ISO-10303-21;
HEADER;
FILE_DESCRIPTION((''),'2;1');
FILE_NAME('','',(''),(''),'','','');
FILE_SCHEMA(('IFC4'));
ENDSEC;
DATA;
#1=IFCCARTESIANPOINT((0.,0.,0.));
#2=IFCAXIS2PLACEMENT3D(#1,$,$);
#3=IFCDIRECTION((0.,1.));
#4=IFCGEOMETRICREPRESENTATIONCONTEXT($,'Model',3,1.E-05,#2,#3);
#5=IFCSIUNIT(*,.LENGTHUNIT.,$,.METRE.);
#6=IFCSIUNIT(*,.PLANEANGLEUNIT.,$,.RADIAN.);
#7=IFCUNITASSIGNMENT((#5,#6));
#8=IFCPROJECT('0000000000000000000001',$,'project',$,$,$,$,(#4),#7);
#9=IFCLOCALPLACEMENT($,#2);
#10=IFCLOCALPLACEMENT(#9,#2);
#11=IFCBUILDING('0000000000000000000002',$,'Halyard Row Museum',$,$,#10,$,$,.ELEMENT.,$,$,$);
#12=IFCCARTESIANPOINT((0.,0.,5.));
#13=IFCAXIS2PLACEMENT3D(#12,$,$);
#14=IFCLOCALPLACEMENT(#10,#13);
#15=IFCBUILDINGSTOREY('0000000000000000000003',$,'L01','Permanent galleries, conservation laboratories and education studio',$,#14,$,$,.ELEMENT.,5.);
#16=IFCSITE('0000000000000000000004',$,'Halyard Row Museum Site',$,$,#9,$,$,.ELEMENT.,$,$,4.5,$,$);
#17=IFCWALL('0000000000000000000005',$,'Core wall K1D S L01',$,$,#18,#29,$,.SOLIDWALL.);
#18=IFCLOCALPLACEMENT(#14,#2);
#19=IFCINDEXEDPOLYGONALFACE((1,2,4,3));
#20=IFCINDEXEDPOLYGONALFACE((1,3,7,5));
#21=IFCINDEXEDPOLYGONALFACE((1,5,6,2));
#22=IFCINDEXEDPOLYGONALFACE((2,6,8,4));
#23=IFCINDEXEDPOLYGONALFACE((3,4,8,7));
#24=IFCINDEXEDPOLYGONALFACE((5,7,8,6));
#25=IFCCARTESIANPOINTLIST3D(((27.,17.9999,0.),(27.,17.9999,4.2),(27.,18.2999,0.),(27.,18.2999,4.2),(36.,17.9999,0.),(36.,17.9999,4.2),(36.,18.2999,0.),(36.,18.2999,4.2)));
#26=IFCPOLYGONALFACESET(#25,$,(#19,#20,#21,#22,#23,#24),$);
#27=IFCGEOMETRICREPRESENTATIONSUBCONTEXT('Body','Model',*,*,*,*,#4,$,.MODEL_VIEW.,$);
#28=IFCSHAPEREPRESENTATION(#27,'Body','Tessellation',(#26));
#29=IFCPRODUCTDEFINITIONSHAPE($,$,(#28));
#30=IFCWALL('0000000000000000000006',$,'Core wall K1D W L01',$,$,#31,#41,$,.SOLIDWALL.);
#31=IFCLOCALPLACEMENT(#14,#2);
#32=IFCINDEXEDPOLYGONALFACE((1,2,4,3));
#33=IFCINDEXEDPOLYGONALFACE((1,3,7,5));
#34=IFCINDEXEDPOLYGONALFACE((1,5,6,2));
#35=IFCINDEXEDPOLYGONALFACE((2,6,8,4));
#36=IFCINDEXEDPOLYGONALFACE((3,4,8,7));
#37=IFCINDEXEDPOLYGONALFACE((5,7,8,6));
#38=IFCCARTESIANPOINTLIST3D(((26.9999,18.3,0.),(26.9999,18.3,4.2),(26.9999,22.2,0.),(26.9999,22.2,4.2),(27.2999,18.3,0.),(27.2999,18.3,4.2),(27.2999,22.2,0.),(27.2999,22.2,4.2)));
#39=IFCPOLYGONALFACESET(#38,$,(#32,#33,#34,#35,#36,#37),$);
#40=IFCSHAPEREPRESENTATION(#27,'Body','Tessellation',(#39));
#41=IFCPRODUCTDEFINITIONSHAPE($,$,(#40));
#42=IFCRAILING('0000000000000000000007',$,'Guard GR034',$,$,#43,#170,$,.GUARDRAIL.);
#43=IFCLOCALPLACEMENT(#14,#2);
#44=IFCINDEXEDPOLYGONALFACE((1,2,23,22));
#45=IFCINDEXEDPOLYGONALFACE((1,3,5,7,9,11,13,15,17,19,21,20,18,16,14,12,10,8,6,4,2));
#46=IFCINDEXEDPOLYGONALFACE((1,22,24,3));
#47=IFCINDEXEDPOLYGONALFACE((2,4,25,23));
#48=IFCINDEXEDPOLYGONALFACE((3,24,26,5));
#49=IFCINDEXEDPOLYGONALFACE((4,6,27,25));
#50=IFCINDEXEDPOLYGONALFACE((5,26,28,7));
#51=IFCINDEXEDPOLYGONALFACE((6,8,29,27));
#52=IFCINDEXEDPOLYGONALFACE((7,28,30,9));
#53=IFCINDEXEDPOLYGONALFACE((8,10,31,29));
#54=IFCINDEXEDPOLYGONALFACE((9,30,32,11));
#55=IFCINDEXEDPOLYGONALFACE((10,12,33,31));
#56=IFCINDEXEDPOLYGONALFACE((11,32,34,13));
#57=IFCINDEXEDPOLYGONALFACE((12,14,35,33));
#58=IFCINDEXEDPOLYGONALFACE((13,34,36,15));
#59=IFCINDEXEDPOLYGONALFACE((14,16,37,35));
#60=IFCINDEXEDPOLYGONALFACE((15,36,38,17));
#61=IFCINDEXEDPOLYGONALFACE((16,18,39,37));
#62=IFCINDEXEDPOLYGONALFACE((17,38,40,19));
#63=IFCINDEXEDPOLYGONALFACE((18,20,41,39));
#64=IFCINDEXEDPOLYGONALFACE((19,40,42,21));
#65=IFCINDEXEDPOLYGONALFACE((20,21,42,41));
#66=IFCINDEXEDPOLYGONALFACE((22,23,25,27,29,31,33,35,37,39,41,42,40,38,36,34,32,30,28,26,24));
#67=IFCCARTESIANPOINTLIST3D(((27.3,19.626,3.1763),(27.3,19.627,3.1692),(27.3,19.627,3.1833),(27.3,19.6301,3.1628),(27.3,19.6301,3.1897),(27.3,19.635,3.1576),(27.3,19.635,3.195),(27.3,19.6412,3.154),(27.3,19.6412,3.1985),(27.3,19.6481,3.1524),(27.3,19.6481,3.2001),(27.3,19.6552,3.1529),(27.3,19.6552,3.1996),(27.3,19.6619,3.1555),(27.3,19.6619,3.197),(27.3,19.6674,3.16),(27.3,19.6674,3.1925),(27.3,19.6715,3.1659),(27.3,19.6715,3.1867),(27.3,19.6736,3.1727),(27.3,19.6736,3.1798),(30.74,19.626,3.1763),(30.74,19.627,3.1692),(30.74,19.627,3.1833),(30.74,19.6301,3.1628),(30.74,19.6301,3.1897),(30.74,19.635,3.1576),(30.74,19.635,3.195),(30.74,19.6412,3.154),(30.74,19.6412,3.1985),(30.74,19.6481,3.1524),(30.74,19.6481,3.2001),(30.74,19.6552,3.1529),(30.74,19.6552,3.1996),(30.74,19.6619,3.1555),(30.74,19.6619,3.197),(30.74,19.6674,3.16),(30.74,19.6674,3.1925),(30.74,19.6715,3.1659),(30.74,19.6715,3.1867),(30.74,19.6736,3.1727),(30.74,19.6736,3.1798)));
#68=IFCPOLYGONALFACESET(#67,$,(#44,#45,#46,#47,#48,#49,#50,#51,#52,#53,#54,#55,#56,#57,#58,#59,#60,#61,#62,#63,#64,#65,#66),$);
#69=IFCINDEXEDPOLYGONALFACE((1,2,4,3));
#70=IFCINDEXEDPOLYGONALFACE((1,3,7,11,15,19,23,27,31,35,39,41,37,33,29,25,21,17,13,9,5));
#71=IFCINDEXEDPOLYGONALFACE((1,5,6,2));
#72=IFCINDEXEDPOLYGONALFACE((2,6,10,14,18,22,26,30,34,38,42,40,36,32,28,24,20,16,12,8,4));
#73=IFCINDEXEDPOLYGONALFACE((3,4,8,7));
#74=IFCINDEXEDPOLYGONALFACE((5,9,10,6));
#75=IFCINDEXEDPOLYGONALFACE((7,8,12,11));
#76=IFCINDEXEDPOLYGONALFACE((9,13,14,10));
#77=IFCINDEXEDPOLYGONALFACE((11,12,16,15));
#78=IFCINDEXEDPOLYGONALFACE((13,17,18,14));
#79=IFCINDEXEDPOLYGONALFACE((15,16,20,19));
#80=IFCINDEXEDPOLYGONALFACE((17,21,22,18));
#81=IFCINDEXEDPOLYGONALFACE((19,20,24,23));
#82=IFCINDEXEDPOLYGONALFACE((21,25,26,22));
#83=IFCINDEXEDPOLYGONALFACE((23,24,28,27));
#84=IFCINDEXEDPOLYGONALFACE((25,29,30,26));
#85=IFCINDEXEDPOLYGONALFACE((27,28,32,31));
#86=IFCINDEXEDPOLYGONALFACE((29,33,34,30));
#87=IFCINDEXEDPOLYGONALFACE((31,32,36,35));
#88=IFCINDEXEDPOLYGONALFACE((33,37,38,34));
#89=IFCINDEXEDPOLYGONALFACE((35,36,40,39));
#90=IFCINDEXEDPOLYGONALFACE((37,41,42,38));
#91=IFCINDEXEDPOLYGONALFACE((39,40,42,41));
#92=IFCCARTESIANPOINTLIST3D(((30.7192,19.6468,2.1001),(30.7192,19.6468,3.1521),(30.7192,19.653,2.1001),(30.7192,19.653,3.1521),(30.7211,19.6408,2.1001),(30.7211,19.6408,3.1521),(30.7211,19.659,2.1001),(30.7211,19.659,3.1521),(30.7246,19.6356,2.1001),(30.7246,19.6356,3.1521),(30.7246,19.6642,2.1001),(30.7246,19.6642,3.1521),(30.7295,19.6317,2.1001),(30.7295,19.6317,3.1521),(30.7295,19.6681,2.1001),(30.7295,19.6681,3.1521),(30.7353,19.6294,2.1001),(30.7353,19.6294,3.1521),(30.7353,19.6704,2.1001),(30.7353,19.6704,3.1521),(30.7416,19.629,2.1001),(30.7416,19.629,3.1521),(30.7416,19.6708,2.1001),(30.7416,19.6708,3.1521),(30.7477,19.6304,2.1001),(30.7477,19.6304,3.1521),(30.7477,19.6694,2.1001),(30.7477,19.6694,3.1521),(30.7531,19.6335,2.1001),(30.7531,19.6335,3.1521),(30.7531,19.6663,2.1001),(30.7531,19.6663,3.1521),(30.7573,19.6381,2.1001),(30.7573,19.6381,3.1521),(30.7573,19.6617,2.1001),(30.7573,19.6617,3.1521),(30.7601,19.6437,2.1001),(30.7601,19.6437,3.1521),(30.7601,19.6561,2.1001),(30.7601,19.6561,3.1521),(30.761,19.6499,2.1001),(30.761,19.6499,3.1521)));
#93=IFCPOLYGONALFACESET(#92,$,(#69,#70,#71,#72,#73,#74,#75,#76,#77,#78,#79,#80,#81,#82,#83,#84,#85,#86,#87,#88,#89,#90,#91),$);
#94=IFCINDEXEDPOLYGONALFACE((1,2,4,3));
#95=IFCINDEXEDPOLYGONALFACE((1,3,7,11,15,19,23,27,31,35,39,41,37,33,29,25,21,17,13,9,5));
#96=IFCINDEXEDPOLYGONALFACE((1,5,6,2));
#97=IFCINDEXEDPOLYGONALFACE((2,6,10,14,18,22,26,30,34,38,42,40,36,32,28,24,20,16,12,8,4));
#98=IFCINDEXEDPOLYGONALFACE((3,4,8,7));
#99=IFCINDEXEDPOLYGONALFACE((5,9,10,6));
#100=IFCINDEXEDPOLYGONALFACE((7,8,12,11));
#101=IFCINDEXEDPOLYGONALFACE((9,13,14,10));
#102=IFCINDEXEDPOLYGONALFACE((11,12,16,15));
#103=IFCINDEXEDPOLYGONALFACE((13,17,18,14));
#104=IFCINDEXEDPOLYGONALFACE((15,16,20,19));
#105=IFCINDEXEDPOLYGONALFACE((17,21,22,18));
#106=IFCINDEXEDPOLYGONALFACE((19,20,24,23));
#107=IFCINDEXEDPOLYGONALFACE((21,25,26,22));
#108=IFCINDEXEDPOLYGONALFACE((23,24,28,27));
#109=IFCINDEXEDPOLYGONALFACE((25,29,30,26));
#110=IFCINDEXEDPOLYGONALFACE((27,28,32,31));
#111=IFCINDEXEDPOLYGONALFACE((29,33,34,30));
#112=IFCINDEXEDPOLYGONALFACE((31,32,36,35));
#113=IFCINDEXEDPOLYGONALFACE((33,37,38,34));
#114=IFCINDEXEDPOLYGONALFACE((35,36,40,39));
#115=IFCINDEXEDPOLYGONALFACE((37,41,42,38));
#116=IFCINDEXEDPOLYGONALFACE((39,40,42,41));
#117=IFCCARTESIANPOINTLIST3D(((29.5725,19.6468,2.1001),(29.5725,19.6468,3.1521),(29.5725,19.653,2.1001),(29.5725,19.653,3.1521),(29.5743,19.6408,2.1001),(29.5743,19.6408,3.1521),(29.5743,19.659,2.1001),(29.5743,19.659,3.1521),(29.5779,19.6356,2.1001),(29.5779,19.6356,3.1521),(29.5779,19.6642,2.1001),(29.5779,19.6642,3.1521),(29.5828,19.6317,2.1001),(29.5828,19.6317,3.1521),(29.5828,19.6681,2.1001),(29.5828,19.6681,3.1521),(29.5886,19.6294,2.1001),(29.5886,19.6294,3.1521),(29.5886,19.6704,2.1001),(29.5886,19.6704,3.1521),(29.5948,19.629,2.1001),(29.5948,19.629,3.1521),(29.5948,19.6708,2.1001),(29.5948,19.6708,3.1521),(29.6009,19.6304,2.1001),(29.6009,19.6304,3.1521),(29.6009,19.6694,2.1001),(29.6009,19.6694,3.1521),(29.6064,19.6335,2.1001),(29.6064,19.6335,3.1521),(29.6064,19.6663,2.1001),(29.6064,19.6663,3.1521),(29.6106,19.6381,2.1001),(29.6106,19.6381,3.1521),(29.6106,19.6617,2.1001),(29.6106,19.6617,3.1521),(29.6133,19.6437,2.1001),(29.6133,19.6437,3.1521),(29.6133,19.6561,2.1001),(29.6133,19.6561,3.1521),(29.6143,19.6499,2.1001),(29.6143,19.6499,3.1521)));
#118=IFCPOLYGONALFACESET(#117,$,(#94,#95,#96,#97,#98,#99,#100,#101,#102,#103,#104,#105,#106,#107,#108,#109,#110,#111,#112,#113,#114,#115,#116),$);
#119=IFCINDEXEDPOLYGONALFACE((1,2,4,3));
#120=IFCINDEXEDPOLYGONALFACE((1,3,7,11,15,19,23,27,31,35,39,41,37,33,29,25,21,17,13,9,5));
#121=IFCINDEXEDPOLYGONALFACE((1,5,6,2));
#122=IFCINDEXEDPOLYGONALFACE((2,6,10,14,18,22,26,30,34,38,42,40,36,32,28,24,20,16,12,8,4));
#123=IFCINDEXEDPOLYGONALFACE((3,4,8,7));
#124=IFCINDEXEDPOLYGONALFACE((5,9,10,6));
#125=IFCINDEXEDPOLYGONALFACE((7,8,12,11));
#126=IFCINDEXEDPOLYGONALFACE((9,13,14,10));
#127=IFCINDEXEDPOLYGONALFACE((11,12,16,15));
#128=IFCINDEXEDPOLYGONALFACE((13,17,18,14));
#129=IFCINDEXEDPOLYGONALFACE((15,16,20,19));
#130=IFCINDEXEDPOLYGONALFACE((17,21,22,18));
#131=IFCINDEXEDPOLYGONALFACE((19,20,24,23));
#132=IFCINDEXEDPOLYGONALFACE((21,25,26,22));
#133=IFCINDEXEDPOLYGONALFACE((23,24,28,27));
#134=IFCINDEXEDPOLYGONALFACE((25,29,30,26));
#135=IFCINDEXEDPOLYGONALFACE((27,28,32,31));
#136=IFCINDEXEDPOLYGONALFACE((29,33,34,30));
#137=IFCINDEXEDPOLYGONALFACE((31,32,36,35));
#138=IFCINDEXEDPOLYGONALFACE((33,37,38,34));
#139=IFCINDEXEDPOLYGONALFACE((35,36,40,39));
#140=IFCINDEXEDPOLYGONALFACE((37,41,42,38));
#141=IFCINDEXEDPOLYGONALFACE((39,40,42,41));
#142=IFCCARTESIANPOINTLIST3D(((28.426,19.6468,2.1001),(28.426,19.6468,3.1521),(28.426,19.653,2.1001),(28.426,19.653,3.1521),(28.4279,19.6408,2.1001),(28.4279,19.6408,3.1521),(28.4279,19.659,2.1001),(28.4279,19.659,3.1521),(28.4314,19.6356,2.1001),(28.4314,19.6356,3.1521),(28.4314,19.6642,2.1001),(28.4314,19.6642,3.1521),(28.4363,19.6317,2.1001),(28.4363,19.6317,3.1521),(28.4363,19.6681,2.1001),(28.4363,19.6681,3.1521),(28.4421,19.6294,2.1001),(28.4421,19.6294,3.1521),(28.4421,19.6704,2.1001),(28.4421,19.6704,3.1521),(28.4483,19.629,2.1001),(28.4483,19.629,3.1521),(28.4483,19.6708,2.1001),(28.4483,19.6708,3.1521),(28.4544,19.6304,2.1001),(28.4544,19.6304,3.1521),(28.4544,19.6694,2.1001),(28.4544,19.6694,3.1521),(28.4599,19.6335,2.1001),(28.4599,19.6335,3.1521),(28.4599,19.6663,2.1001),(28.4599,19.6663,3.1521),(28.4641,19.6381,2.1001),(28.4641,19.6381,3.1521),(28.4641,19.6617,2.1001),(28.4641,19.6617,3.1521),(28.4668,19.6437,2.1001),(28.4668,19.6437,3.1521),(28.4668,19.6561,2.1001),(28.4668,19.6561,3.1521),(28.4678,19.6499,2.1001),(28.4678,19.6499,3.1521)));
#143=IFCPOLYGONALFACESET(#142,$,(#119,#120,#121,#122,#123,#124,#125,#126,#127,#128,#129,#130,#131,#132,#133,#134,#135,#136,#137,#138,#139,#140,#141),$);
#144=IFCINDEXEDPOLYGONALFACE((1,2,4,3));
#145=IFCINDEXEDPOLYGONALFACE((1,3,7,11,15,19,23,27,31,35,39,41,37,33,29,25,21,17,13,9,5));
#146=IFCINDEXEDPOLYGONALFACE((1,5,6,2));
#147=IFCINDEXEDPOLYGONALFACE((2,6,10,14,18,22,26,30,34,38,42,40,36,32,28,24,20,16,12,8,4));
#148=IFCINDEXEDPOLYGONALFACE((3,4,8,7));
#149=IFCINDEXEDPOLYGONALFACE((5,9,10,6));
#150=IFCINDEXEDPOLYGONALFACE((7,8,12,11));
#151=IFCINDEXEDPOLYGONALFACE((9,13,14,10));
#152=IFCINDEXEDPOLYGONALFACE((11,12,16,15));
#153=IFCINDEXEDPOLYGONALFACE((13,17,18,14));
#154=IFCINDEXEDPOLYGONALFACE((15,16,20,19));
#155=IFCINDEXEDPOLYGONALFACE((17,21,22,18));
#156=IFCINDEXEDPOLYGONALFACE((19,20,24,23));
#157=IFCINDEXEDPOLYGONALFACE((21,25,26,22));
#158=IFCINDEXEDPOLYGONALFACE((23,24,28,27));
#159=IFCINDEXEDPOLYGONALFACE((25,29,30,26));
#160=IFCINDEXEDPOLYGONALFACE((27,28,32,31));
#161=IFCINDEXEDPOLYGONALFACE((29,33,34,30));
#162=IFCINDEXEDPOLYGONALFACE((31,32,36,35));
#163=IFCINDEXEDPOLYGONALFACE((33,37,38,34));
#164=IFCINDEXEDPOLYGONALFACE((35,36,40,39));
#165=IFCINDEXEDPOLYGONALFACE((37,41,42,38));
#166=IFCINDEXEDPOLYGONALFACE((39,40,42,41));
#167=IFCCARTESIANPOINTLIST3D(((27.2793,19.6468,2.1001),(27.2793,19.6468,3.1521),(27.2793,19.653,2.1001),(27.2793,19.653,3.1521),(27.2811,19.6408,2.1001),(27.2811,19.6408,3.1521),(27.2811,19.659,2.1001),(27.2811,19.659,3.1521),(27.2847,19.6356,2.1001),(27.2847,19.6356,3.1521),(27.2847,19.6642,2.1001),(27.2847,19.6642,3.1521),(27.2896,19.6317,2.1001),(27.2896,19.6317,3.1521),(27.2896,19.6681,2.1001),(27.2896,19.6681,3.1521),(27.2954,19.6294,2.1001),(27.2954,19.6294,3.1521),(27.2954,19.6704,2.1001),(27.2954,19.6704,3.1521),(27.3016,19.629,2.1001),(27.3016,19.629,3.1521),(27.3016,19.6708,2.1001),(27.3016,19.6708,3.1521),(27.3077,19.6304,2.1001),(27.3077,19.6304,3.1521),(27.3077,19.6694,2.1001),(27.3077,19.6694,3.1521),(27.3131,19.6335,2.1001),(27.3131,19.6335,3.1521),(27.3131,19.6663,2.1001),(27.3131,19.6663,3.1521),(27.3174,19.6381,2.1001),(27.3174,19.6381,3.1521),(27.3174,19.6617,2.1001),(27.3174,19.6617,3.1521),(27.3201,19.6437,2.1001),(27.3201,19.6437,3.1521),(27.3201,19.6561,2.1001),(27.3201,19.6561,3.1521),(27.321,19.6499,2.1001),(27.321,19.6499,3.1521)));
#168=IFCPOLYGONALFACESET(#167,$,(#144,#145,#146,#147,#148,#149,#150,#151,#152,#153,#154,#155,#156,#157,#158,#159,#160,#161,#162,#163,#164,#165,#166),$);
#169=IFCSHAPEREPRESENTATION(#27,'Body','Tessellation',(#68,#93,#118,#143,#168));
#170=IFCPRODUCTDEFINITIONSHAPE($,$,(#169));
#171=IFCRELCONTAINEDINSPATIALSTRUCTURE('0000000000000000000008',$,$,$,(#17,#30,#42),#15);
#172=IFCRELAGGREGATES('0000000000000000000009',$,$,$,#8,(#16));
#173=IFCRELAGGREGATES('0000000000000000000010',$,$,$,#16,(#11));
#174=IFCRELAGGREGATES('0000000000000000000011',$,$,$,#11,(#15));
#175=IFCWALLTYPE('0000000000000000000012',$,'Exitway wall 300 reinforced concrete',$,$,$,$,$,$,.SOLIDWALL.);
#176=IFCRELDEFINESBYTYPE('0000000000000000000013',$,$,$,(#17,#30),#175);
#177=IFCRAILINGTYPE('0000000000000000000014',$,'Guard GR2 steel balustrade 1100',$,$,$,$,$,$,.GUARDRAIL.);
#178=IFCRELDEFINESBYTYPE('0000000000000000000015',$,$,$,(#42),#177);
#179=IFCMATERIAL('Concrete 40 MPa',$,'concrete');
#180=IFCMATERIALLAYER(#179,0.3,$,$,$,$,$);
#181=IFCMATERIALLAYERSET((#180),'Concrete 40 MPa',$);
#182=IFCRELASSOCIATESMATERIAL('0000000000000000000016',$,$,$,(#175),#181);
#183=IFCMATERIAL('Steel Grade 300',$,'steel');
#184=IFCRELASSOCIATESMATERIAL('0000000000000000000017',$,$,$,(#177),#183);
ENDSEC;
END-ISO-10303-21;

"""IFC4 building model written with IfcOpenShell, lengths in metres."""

from ifc_helpers import new_model, si_unit, direction, frame, frame_2d, origin, origin_2d, place, context, subcontext, project, spatial, rectangle, circle, extrude, material, layer, layer_set, type_object, element, save


model = new_model("IFC4")

# Units and contexts
model_context = context("Model", 3, precision=1e-05, world=origin(), true_north=direction((0.0, 1.0)))
body_context = subcontext(model_context, "Body", "Model", "MODEL_VIEW")
ifc_project = project(units=[si_unit("LENGTHUNIT", "METRE"), si_unit("PLANEANGLEUNIT", "RADIAN")], contexts=[model_context])

# Site, building, storey
site_placement = place(None, origin())
site = spatial("IfcSite", under=ifc_project, at=site_placement, Name="Halyard Row Museum Site", CompositionType="ELEMENT", RefElevation=4.5)
building_placement = place(site_placement, origin())
building = spatial("IfcBuilding", under=site, at=building_placement, Name="Halyard Row Museum", CompositionType="ELEMENT")
storey_placement = place(building_placement, frame((0.0, 0.0, 5.0)))
storey = spatial("IfcBuildingStorey", under=building, at=storey_placement, Name="L01", Description="Permanent galleries, conservation laboratories and education studio", CompositionType="ELEMENT", Elevation=5.0)

# Walls
ifc_material_1 = material(Name="Concrete 40 MPa", Category="concrete")
ifc_layer = layer(ifc_material_1, 0.3)
ifc_layer_set = layer_set([ifc_layer], Name="Concrete 40 MPa")
wall_type = type_object("IfcWallType", Name="Exitway wall 300 reinforced concrete", PredefinedType="SOLIDWALL", material=ifc_layer_set)
wall_1_placement = place(storey_placement, frame((27.0, 18.1499, 0.0), z_axis=(0.0, 0.0, 1.0), x_axis=(1.0, 0.0, 0.0)))
element("IfcWall", 1, at=wall_1_placement, inside=storey, type_object=wall_type, Name="Core wall K1D S L01", PredefinedType="SOLIDWALL", context=body_context, shape_type="SweptSolid", body=[
    extrude(rectangle(XDim=9.0, YDim=0.3, at=frame_2d((4.5, 0.0))), origin(), (0.0, 0.0, 1.0), 4.2),
])
wall_2_placement = place(storey_placement, frame((27.1499, 18.3, 0.0), z_axis=(0.0, 0.0, 1.0), x_axis=(0.0, 1.0, 0.0)))
element("IfcWall", 2, at=wall_2_placement, inside=storey, type_object=wall_type, Name="Core wall K1D W L01", PredefinedType="SOLIDWALL", context=body_context, shape_type="SweptSolid", body=[
    extrude(rectangle(XDim=3.8999, YDim=0.3, at=frame_2d((1.95, 0.0))), origin(), (0.0, 0.0, 1.0), 4.2),
])

# Railing
ifc_material_2 = material(Name="Steel Grade 300", Category="steel")
railing_type = type_object("IfcRailingType", Name="Guard GR2 steel balustrade 1100", PredefinedType="GUARDRAIL", material=ifc_material_2)
railing_1_placement = place(storey_placement, frame((30.74, 19.6499, 2.1001)))
element("IfcRailing", 3, at=railing_1_placement, inside=storey, type_object=railing_type, Name="Guard GR034", PredefinedType="GUARDRAIL", context=body_context, shape_type="SweptSolid", body=[
    extrude(circle(Radius=0.0239, at=origin_2d()), frame((0.0, 0.0, 1.0762), z_axis=(-1.0, 0.0, 0.0), x_axis=(0.0, -1.0, 0.0)), (0.0, 0.0, 1.0), 3.4399),
    extrude(circle(Radius=0.021, at=origin_2d()), origin(), (0.0, 0.0, 1.0), 1.052),
    extrude(circle(Radius=0.021, at=origin_2d()), frame((-1.1467, 0.0, 0.0)), (0.0, 0.0, 1.0), 1.052),
    extrude(circle(Radius=0.021, at=origin_2d()), frame((-2.2932, 0.0, 0.0)), (0.0, 0.0, 1.0), 1.052),
    extrude(circle(Radius=0.021, at=origin_2d()), frame((-3.4399, 0.0, 0.0)), (0.0, 0.0, 1.0), 1.052),
])

save(model, "model.ifc")
